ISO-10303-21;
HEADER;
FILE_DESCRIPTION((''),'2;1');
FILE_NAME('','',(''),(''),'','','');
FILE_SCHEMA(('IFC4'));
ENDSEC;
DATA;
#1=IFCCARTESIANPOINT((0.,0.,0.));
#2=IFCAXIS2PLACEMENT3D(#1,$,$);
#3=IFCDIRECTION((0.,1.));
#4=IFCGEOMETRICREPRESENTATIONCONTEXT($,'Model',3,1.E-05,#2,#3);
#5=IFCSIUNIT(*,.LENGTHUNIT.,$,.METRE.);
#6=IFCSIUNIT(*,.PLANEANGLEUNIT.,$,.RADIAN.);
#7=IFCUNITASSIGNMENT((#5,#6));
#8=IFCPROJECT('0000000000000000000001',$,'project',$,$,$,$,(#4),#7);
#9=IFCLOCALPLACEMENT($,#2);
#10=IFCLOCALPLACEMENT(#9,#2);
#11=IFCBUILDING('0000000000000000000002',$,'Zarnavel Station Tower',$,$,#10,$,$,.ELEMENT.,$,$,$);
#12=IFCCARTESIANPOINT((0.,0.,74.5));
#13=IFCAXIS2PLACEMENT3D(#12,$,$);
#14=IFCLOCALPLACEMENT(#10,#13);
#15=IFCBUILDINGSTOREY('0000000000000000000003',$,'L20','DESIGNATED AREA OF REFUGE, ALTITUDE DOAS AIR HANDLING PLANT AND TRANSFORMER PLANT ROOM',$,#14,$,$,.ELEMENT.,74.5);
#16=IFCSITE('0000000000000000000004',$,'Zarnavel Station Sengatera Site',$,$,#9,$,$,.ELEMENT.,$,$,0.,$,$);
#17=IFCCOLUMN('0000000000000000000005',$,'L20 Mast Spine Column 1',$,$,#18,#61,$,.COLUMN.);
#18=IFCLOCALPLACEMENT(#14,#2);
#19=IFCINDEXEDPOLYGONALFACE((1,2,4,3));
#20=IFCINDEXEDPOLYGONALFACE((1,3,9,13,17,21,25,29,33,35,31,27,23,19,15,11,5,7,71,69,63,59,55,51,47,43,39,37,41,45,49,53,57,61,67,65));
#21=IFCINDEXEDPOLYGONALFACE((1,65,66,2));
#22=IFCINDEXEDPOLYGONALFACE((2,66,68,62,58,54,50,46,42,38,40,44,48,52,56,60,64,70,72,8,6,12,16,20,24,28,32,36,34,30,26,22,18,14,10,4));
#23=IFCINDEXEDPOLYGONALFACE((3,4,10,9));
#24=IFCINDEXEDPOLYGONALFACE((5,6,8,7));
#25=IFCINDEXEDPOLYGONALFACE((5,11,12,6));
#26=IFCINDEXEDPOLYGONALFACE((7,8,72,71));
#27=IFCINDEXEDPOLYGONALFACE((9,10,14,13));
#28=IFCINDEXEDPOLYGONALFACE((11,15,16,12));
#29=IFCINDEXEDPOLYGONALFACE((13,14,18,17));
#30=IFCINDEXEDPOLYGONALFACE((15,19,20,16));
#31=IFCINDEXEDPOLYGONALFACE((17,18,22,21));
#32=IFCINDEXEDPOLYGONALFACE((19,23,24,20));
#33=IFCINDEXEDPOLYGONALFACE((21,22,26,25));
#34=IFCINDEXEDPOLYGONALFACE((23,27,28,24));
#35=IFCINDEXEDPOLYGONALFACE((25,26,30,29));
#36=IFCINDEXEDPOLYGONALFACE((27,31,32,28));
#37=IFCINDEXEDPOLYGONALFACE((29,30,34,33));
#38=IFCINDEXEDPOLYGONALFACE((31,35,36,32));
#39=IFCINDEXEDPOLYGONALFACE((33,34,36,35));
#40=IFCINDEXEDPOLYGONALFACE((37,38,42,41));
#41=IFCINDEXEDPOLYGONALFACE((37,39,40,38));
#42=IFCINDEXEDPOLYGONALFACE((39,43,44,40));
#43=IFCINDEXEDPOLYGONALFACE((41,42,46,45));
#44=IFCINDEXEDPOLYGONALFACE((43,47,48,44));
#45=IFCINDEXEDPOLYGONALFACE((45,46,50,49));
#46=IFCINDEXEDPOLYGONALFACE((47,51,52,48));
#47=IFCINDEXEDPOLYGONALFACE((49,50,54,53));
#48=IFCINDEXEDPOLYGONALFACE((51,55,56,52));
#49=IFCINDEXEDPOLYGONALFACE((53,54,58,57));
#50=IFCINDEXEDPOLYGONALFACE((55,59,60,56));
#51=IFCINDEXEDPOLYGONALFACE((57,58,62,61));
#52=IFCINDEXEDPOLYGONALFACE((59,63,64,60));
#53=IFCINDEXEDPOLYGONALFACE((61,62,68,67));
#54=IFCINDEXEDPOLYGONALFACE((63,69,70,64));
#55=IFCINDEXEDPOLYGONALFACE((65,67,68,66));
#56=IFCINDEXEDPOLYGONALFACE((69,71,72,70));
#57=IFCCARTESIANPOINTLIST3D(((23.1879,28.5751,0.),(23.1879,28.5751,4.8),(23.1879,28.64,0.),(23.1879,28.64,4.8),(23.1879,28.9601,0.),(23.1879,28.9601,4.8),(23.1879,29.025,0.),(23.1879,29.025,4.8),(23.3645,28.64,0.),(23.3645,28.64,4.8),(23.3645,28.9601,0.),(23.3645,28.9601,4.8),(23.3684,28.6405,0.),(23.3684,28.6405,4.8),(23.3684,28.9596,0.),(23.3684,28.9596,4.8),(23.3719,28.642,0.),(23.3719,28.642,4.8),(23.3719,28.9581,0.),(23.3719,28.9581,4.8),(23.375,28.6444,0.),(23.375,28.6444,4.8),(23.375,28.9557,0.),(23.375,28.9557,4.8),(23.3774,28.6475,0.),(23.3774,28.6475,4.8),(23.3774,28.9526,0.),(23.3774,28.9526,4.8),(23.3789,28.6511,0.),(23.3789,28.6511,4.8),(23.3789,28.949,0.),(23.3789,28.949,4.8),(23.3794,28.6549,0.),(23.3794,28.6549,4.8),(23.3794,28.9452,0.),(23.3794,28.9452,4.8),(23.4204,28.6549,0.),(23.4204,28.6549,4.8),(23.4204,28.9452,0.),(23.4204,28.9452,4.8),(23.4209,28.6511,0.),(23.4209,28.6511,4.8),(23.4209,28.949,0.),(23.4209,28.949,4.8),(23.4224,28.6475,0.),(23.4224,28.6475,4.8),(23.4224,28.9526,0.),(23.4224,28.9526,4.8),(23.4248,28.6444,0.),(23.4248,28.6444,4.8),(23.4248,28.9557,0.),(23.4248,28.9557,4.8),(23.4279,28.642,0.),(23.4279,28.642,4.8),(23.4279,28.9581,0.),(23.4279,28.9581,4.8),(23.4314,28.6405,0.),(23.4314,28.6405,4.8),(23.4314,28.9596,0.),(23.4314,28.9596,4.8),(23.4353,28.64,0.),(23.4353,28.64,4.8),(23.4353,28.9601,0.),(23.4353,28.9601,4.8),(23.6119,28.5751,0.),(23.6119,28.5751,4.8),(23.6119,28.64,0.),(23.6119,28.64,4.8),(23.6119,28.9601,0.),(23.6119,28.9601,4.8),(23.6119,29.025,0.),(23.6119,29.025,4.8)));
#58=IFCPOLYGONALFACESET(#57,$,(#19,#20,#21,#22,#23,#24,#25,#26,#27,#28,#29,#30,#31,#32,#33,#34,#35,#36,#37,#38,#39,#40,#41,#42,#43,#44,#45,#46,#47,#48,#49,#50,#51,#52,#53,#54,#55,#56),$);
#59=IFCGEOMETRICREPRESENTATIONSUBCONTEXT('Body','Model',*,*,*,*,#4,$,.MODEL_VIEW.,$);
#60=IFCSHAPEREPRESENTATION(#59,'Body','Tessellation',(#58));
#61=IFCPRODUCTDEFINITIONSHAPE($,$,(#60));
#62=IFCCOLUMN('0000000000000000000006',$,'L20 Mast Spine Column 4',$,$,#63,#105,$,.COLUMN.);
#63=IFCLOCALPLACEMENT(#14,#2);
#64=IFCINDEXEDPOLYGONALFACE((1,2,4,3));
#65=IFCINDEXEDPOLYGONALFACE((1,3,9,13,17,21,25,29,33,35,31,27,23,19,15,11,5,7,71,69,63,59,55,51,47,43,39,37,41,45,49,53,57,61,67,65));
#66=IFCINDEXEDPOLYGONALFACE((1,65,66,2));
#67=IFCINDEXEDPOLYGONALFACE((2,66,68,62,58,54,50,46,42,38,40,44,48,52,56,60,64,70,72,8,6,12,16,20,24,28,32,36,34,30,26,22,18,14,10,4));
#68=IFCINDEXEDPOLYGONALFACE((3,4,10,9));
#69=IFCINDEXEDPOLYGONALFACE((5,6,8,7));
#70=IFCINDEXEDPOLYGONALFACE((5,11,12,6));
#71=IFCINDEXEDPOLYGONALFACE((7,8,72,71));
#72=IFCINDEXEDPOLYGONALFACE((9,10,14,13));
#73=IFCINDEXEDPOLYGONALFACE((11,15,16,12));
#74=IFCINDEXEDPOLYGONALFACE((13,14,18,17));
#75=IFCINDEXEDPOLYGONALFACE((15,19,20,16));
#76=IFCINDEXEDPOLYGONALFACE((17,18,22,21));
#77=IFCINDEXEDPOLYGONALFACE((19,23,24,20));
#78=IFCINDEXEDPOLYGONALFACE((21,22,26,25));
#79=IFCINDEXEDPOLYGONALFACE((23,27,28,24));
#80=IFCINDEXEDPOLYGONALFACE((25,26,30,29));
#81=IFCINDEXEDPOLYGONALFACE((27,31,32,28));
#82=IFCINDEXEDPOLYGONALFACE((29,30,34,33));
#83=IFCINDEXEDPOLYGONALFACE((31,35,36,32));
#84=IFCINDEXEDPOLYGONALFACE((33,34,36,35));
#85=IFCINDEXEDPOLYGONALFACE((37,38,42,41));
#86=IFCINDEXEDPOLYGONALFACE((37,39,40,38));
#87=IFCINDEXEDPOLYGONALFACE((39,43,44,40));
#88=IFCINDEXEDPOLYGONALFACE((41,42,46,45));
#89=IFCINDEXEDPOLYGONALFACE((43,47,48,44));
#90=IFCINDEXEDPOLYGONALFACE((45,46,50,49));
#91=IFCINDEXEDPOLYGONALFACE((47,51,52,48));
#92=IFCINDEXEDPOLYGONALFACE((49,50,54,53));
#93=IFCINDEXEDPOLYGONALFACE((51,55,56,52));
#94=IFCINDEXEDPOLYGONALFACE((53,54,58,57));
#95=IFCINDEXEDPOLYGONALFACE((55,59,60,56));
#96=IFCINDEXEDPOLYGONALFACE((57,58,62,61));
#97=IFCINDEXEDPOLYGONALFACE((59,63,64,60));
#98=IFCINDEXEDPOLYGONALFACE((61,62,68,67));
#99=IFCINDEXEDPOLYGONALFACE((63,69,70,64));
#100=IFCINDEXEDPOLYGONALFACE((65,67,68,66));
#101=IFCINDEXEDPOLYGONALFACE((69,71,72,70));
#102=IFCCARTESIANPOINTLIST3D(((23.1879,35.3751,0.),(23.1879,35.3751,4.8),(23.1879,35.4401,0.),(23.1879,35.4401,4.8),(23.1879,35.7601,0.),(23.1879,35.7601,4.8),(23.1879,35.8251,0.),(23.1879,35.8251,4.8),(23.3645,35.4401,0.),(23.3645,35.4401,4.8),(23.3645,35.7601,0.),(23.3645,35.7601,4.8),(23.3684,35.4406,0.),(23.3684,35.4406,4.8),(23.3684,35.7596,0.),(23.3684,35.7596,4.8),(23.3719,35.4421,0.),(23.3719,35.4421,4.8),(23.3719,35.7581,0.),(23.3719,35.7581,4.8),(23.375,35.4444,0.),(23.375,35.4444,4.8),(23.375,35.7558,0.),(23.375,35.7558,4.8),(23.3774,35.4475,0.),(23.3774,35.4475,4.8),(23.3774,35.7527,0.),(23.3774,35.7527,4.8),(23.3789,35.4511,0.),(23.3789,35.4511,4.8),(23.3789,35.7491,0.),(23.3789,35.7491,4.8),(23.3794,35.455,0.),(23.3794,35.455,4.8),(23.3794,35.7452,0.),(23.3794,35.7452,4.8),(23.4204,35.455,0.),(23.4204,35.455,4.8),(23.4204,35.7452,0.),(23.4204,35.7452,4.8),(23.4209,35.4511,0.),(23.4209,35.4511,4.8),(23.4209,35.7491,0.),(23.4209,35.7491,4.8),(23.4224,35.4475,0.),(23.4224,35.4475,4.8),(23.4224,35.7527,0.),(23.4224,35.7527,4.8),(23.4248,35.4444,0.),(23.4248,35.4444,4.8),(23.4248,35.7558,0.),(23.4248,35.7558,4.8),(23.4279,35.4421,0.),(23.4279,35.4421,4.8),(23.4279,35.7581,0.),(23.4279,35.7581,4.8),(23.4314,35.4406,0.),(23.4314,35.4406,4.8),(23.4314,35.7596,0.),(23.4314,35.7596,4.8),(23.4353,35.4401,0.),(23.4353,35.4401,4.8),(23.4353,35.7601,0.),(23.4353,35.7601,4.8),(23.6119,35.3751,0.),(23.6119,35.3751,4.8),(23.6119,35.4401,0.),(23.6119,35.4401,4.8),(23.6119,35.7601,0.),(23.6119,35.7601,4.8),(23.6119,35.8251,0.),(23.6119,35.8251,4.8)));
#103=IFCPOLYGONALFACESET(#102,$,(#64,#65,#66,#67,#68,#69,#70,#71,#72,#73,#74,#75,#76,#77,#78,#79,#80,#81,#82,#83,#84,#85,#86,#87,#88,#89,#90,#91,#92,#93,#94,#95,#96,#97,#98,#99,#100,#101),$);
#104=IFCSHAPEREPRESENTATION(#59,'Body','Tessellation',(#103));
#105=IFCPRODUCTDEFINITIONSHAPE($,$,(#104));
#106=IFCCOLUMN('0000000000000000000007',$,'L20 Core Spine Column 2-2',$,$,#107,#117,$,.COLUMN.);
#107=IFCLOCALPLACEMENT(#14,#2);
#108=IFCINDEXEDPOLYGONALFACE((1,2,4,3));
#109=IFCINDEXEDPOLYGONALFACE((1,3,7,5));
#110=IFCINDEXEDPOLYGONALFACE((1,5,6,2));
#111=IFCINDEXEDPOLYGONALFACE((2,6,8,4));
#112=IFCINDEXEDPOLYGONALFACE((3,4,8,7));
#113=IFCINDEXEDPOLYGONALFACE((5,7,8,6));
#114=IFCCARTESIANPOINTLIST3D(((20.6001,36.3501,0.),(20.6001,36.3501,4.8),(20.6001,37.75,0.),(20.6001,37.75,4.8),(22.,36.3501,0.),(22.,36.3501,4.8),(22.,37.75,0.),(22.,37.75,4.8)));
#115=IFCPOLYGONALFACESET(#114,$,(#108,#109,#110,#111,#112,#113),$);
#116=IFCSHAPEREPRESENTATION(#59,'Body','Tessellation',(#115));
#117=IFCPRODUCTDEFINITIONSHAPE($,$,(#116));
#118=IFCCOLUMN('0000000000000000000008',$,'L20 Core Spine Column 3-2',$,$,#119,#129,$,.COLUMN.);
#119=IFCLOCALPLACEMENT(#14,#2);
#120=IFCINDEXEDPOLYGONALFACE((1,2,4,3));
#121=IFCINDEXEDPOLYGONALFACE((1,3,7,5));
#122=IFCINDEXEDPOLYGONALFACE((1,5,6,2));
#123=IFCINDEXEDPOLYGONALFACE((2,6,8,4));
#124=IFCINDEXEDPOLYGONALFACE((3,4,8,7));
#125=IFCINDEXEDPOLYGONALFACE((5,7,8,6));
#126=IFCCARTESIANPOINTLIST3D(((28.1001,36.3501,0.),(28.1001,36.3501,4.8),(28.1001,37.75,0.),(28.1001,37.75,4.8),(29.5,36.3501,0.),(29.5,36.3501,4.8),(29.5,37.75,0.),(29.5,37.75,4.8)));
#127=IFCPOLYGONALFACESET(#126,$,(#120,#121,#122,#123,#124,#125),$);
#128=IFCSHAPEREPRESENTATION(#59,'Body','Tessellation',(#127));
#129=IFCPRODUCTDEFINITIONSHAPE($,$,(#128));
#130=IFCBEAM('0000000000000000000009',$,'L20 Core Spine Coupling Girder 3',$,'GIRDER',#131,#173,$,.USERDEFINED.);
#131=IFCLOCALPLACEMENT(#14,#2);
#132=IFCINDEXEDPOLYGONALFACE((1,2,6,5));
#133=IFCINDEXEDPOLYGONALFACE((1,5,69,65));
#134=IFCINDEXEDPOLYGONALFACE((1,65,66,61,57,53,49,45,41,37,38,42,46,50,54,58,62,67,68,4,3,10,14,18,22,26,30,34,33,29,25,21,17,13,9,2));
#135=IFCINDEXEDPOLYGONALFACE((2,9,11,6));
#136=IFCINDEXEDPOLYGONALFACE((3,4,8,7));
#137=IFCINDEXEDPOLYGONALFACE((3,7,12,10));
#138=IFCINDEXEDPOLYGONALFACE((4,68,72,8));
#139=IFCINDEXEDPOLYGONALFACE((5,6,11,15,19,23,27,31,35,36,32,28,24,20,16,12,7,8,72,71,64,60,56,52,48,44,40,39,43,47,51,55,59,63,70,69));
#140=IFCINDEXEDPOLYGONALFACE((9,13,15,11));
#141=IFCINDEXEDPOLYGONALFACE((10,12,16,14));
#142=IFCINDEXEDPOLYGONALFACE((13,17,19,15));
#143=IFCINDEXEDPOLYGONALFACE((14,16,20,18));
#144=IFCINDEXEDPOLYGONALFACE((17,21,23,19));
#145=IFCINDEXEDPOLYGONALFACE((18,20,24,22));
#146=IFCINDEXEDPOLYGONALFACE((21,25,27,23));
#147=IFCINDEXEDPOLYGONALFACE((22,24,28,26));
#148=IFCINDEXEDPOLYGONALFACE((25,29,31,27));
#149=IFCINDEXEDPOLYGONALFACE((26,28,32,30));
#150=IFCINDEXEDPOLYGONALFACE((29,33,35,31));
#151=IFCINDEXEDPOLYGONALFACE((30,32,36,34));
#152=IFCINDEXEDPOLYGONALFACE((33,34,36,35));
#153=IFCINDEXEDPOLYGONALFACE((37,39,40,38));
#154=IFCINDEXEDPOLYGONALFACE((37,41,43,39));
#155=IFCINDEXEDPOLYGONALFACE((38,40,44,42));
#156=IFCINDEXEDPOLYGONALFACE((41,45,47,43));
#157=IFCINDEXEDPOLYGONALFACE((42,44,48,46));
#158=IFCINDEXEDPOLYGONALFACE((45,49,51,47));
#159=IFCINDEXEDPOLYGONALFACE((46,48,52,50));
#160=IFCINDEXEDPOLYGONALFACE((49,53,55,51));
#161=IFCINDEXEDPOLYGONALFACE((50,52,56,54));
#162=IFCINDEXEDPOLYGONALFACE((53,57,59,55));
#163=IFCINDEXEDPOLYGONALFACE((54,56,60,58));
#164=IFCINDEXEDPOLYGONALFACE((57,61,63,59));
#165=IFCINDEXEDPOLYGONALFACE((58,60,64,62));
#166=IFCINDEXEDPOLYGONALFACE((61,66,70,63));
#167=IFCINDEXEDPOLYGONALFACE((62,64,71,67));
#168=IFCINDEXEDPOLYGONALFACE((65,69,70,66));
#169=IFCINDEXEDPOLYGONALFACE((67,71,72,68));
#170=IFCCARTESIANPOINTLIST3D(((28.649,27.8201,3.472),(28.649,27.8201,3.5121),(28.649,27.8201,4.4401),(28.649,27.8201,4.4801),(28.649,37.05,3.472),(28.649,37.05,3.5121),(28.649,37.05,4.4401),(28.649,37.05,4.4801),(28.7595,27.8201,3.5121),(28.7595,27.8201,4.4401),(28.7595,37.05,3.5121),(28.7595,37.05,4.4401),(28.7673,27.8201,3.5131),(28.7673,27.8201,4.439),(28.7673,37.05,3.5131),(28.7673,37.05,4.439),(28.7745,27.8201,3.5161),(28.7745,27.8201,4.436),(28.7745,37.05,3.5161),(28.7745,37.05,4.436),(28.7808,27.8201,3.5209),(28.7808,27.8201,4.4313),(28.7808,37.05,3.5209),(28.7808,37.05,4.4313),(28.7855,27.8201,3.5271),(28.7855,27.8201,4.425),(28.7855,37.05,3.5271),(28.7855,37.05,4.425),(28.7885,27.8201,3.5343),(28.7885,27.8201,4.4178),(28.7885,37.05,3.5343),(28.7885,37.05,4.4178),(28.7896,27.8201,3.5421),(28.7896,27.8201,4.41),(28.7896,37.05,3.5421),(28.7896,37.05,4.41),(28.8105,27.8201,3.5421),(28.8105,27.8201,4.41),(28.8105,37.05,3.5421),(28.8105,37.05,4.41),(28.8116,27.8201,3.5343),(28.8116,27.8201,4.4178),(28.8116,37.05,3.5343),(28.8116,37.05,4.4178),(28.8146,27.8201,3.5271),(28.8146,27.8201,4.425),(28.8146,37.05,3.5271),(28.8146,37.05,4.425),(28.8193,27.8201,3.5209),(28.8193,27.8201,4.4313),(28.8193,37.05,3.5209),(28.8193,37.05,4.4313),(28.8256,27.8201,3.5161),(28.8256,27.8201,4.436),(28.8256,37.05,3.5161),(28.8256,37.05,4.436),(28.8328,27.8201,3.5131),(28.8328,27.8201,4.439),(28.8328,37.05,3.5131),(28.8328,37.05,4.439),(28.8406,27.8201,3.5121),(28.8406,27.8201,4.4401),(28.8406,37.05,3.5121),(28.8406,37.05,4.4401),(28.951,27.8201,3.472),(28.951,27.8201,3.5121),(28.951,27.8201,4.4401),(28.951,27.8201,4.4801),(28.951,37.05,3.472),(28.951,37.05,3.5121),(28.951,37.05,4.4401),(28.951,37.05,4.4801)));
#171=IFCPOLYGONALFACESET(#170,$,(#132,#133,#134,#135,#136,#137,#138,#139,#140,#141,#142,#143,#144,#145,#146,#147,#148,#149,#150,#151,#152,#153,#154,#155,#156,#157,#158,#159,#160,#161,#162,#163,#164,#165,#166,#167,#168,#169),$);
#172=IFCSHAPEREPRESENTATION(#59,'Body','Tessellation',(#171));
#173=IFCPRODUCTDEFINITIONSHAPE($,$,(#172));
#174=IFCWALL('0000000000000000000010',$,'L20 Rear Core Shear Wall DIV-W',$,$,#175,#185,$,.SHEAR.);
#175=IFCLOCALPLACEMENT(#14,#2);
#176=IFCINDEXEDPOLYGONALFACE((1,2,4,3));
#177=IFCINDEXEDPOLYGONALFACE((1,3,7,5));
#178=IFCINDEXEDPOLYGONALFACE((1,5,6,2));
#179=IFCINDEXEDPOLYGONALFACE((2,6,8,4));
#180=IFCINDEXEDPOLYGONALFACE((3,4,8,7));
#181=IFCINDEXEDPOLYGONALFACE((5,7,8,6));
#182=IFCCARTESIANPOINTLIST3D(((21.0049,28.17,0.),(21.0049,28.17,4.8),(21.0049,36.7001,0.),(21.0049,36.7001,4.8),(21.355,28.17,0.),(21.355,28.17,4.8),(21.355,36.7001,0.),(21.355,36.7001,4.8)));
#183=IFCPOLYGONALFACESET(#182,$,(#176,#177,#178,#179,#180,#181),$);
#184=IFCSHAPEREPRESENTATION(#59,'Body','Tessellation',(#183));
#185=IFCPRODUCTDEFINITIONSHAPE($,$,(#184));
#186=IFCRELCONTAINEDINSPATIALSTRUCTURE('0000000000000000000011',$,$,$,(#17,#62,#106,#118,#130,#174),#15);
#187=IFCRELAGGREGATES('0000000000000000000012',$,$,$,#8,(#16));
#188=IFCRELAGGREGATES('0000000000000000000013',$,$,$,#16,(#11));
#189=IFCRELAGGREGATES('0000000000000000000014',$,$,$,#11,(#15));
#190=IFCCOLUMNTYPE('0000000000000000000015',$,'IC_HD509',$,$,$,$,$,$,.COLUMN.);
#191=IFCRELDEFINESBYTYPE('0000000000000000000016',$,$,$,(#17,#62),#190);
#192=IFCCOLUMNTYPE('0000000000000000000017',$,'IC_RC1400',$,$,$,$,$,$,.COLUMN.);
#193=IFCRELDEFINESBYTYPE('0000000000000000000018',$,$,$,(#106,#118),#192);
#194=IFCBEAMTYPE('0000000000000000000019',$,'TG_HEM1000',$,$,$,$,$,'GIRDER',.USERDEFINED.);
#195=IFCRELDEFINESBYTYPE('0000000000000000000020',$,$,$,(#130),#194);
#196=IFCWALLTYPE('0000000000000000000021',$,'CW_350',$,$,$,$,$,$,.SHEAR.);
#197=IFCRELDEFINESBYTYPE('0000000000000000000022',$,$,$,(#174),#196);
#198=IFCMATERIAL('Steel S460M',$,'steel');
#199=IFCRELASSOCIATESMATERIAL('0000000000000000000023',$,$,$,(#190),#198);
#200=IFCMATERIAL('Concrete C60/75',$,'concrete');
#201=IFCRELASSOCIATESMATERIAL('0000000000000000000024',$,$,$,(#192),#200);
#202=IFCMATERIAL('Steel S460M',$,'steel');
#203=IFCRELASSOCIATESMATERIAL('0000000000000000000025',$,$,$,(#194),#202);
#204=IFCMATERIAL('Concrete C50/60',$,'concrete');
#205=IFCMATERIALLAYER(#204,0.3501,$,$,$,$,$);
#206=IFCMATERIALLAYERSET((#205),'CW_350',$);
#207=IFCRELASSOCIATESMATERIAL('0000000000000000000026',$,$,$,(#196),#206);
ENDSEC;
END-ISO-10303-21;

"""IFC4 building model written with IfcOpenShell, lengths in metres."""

from ifc_helpers import new_model, si_unit, direction, frame, frame_2d, origin, origin_2d, place, context, subcontext, project, spatial, rectangle, i_section, extrude, material, layer, layer_set, material_profile, profile_set, type_object, element, save


model = new_model("IFC4")

# Units and contexts
model_context = context("Model", 3, precision=1e-05, world=origin(), true_north=direction((0.0, 1.0)))
body_context = subcontext(model_context, "Body", "Model", "MODEL_VIEW")
ifc_project = project(units=[si_unit("LENGTHUNIT", "METRE"), si_unit("PLANEANGLEUNIT", "RADIAN")], contexts=[model_context])

# Site, building, storey
site_placement = place(None, origin())
site = spatial("IfcSite", under=ifc_project, at=site_placement, Name="Zarnavel Station Sengatera Site", CompositionType="ELEMENT", RefElevation=0.0)
building_placement = place(site_placement, origin())
building = spatial("IfcBuilding", under=site, at=building_placement, Name="Zarnavel Station Tower", CompositionType="ELEMENT")
storey_placement = place(building_placement, frame((0.0, 0.0, 74.5)))
storey = spatial("IfcBuildingStorey", under=building, at=storey_placement, Name="L20", Description="DESIGNATED AREA OF REFUGE, ALTITUDE DOAS AIR HANDLING PLANT AND TRANSFORMER PLANT ROOM", CompositionType="ELEMENT", Elevation=74.5)

# Columns
ifc_material_1 = material(Name="Steel S460M", Category="steel")
ifc_material_profile_1 = material_profile(ifc_material_1, i_section(OverallWidth=0.4241, OverallDepth=0.45, WebThickness=0.041, FlangeThickness=0.0649, FilletRadius=0.0149, at=origin_2d()), Name="HD400x509")
ifc_profile_set_1 = profile_set([ifc_material_profile_1], Name="Steel S460M")
column_type_1 = type_object("IfcColumnType", Name="IC_HD509", PredefinedType="COLUMN", material=ifc_profile_set_1)
for number, where, z_axis, x_axis, name in (
    (1, (23.3999, 28.8, 0.0), (0.0, 0.0, 1.0), (1.0, 0.0, 0.0), "L20 Mast Spine Column 1"),
    (2, (23.3999, 35.6001, 0.0), (0.0, 0.0, 1.0), (1.0, 0.0, 0.0), "L20 Mast Spine Column 4"),
):
    element("IfcColumn", number, at=place(storey_placement, frame(where, z_axis=z_axis, x_axis=x_axis)), inside=storey, type_object=column_type_1, Name=name, PredefinedType="COLUMN", context=body_context, shape_type="SweptSolid", body=[
        extrude(i_section(OverallWidth=0.4241, OverallDepth=0.45, WebThickness=0.041, FlangeThickness=0.0649, FilletRadius=0.0149, at=origin_2d()), origin(), (0.0, 0.0, 1.0), 4.8),
    ])
ifc_material_2 = material(Name="Concrete C60/75", Category="concrete")
ifc_material_profile_2 = material_profile(ifc_material_2, rectangle(XDim=1.3999, YDim=1.3999, at=origin_2d()), Name="RC1400x1400")
ifc_profile_set_2 = profile_set([ifc_material_profile_2], Name="Concrete C60/75")
column_type_2 = type_object("IfcColumnType", Name="IC_RC1400", PredefinedType="COLUMN", material=ifc_profile_set_2)
for number, where, z_axis, x_axis, name in (
    (3, (21.3, 37.05, 0.0), (0.0, 0.0, 1.0), (1.0, 0.0, 0.0), "L20 Core Spine Column 2-2"),
    (4, (28.8, 37.05, 0.0), (0.0, 0.0, 1.0), (1.0, 0.0, 0.0), "L20 Core Spine Column 3-2"),
):
    element("IfcColumn", number, at=place(storey_placement, frame(where, z_axis=z_axis, x_axis=x_axis)), inside=storey, type_object=column_type_2, Name=name, PredefinedType="COLUMN", context=body_context, shape_type="SweptSolid", body=[
        extrude(rectangle(XDim=1.3999, YDim=1.3999, at=origin_2d()), origin(), (0.0, 0.0, 1.0), 4.8),
    ])

# Beam
ifc_material_3 = material(Name="Steel S460M", Category="steel")
ifc_material_profile_3 = material_profile(ifc_material_3, i_section(OverallWidth=0.302, OverallDepth=1.0081, WebThickness=0.021, FlangeThickness=0.04, FilletRadius=0.03, at=origin_2d()), Name="HEM1000")
ifc_profile_set_3 = profile_set([ifc_material_profile_3], Name="Steel S460M")
beam_type = type_object("IfcBeamType", Name="TG_HEM1000", ElementType="GIRDER", PredefinedType="USERDEFINED", material=ifc_profile_set_3)
beam_placement = place(storey_placement, frame((28.8, 27.8201, 3.9761), z_axis=(0.0, 1.0, 0.0), x_axis=(-1.0, 0.0, 0.0)))
element("IfcBeam", 5, at=beam_placement, inside=storey, type_object=beam_type, Name="L20 Core Spine Coupling Girder 3", ObjectType="GIRDER", PredefinedType="USERDEFINED", context=body_context, shape_type="SweptSolid", body=[
    extrude(i_section(OverallWidth=0.302, OverallDepth=1.0081, WebThickness=0.021, FlangeThickness=0.04, FilletRadius=0.03, at=origin_2d()), origin(), (0.0, 0.0, 1.0), 9.23),
])

# Wall
ifc_material_4 = material(Name="Concrete C50/60", Category="concrete")
ifc_layer_1 = layer(ifc_material_4, 0.3501)
ifc_layer_set_1 = layer_set([ifc_layer_1], Name="CW_350")
wall_type_1 = type_object("IfcWallType", Name="CW_350", PredefinedType="SHEAR", material=ifc_layer_set_1)
wall_1_placement = place(storey_placement, frame((21.1799, 28.1699, 0.0), z_axis=(0.0, 0.0, 1.0), x_axis=(0.0, 1.0, 0.0)))
element("IfcWall", 6, at=wall_1_placement, inside=storey, type_object=wall_type_1, Name="L20 Rear Core Shear Wall DIV-W", PredefinedType="SHEAR", context=body_context, shape_type="SweptSolid", body=[
    extrude(rectangle(XDim=8.53, YDim=0.3501, at=frame_2d((4.2651, 0.0))), origin(), (0.0, 0.0, 1.0), 4.8),
])

save(model, "model.ifc")
